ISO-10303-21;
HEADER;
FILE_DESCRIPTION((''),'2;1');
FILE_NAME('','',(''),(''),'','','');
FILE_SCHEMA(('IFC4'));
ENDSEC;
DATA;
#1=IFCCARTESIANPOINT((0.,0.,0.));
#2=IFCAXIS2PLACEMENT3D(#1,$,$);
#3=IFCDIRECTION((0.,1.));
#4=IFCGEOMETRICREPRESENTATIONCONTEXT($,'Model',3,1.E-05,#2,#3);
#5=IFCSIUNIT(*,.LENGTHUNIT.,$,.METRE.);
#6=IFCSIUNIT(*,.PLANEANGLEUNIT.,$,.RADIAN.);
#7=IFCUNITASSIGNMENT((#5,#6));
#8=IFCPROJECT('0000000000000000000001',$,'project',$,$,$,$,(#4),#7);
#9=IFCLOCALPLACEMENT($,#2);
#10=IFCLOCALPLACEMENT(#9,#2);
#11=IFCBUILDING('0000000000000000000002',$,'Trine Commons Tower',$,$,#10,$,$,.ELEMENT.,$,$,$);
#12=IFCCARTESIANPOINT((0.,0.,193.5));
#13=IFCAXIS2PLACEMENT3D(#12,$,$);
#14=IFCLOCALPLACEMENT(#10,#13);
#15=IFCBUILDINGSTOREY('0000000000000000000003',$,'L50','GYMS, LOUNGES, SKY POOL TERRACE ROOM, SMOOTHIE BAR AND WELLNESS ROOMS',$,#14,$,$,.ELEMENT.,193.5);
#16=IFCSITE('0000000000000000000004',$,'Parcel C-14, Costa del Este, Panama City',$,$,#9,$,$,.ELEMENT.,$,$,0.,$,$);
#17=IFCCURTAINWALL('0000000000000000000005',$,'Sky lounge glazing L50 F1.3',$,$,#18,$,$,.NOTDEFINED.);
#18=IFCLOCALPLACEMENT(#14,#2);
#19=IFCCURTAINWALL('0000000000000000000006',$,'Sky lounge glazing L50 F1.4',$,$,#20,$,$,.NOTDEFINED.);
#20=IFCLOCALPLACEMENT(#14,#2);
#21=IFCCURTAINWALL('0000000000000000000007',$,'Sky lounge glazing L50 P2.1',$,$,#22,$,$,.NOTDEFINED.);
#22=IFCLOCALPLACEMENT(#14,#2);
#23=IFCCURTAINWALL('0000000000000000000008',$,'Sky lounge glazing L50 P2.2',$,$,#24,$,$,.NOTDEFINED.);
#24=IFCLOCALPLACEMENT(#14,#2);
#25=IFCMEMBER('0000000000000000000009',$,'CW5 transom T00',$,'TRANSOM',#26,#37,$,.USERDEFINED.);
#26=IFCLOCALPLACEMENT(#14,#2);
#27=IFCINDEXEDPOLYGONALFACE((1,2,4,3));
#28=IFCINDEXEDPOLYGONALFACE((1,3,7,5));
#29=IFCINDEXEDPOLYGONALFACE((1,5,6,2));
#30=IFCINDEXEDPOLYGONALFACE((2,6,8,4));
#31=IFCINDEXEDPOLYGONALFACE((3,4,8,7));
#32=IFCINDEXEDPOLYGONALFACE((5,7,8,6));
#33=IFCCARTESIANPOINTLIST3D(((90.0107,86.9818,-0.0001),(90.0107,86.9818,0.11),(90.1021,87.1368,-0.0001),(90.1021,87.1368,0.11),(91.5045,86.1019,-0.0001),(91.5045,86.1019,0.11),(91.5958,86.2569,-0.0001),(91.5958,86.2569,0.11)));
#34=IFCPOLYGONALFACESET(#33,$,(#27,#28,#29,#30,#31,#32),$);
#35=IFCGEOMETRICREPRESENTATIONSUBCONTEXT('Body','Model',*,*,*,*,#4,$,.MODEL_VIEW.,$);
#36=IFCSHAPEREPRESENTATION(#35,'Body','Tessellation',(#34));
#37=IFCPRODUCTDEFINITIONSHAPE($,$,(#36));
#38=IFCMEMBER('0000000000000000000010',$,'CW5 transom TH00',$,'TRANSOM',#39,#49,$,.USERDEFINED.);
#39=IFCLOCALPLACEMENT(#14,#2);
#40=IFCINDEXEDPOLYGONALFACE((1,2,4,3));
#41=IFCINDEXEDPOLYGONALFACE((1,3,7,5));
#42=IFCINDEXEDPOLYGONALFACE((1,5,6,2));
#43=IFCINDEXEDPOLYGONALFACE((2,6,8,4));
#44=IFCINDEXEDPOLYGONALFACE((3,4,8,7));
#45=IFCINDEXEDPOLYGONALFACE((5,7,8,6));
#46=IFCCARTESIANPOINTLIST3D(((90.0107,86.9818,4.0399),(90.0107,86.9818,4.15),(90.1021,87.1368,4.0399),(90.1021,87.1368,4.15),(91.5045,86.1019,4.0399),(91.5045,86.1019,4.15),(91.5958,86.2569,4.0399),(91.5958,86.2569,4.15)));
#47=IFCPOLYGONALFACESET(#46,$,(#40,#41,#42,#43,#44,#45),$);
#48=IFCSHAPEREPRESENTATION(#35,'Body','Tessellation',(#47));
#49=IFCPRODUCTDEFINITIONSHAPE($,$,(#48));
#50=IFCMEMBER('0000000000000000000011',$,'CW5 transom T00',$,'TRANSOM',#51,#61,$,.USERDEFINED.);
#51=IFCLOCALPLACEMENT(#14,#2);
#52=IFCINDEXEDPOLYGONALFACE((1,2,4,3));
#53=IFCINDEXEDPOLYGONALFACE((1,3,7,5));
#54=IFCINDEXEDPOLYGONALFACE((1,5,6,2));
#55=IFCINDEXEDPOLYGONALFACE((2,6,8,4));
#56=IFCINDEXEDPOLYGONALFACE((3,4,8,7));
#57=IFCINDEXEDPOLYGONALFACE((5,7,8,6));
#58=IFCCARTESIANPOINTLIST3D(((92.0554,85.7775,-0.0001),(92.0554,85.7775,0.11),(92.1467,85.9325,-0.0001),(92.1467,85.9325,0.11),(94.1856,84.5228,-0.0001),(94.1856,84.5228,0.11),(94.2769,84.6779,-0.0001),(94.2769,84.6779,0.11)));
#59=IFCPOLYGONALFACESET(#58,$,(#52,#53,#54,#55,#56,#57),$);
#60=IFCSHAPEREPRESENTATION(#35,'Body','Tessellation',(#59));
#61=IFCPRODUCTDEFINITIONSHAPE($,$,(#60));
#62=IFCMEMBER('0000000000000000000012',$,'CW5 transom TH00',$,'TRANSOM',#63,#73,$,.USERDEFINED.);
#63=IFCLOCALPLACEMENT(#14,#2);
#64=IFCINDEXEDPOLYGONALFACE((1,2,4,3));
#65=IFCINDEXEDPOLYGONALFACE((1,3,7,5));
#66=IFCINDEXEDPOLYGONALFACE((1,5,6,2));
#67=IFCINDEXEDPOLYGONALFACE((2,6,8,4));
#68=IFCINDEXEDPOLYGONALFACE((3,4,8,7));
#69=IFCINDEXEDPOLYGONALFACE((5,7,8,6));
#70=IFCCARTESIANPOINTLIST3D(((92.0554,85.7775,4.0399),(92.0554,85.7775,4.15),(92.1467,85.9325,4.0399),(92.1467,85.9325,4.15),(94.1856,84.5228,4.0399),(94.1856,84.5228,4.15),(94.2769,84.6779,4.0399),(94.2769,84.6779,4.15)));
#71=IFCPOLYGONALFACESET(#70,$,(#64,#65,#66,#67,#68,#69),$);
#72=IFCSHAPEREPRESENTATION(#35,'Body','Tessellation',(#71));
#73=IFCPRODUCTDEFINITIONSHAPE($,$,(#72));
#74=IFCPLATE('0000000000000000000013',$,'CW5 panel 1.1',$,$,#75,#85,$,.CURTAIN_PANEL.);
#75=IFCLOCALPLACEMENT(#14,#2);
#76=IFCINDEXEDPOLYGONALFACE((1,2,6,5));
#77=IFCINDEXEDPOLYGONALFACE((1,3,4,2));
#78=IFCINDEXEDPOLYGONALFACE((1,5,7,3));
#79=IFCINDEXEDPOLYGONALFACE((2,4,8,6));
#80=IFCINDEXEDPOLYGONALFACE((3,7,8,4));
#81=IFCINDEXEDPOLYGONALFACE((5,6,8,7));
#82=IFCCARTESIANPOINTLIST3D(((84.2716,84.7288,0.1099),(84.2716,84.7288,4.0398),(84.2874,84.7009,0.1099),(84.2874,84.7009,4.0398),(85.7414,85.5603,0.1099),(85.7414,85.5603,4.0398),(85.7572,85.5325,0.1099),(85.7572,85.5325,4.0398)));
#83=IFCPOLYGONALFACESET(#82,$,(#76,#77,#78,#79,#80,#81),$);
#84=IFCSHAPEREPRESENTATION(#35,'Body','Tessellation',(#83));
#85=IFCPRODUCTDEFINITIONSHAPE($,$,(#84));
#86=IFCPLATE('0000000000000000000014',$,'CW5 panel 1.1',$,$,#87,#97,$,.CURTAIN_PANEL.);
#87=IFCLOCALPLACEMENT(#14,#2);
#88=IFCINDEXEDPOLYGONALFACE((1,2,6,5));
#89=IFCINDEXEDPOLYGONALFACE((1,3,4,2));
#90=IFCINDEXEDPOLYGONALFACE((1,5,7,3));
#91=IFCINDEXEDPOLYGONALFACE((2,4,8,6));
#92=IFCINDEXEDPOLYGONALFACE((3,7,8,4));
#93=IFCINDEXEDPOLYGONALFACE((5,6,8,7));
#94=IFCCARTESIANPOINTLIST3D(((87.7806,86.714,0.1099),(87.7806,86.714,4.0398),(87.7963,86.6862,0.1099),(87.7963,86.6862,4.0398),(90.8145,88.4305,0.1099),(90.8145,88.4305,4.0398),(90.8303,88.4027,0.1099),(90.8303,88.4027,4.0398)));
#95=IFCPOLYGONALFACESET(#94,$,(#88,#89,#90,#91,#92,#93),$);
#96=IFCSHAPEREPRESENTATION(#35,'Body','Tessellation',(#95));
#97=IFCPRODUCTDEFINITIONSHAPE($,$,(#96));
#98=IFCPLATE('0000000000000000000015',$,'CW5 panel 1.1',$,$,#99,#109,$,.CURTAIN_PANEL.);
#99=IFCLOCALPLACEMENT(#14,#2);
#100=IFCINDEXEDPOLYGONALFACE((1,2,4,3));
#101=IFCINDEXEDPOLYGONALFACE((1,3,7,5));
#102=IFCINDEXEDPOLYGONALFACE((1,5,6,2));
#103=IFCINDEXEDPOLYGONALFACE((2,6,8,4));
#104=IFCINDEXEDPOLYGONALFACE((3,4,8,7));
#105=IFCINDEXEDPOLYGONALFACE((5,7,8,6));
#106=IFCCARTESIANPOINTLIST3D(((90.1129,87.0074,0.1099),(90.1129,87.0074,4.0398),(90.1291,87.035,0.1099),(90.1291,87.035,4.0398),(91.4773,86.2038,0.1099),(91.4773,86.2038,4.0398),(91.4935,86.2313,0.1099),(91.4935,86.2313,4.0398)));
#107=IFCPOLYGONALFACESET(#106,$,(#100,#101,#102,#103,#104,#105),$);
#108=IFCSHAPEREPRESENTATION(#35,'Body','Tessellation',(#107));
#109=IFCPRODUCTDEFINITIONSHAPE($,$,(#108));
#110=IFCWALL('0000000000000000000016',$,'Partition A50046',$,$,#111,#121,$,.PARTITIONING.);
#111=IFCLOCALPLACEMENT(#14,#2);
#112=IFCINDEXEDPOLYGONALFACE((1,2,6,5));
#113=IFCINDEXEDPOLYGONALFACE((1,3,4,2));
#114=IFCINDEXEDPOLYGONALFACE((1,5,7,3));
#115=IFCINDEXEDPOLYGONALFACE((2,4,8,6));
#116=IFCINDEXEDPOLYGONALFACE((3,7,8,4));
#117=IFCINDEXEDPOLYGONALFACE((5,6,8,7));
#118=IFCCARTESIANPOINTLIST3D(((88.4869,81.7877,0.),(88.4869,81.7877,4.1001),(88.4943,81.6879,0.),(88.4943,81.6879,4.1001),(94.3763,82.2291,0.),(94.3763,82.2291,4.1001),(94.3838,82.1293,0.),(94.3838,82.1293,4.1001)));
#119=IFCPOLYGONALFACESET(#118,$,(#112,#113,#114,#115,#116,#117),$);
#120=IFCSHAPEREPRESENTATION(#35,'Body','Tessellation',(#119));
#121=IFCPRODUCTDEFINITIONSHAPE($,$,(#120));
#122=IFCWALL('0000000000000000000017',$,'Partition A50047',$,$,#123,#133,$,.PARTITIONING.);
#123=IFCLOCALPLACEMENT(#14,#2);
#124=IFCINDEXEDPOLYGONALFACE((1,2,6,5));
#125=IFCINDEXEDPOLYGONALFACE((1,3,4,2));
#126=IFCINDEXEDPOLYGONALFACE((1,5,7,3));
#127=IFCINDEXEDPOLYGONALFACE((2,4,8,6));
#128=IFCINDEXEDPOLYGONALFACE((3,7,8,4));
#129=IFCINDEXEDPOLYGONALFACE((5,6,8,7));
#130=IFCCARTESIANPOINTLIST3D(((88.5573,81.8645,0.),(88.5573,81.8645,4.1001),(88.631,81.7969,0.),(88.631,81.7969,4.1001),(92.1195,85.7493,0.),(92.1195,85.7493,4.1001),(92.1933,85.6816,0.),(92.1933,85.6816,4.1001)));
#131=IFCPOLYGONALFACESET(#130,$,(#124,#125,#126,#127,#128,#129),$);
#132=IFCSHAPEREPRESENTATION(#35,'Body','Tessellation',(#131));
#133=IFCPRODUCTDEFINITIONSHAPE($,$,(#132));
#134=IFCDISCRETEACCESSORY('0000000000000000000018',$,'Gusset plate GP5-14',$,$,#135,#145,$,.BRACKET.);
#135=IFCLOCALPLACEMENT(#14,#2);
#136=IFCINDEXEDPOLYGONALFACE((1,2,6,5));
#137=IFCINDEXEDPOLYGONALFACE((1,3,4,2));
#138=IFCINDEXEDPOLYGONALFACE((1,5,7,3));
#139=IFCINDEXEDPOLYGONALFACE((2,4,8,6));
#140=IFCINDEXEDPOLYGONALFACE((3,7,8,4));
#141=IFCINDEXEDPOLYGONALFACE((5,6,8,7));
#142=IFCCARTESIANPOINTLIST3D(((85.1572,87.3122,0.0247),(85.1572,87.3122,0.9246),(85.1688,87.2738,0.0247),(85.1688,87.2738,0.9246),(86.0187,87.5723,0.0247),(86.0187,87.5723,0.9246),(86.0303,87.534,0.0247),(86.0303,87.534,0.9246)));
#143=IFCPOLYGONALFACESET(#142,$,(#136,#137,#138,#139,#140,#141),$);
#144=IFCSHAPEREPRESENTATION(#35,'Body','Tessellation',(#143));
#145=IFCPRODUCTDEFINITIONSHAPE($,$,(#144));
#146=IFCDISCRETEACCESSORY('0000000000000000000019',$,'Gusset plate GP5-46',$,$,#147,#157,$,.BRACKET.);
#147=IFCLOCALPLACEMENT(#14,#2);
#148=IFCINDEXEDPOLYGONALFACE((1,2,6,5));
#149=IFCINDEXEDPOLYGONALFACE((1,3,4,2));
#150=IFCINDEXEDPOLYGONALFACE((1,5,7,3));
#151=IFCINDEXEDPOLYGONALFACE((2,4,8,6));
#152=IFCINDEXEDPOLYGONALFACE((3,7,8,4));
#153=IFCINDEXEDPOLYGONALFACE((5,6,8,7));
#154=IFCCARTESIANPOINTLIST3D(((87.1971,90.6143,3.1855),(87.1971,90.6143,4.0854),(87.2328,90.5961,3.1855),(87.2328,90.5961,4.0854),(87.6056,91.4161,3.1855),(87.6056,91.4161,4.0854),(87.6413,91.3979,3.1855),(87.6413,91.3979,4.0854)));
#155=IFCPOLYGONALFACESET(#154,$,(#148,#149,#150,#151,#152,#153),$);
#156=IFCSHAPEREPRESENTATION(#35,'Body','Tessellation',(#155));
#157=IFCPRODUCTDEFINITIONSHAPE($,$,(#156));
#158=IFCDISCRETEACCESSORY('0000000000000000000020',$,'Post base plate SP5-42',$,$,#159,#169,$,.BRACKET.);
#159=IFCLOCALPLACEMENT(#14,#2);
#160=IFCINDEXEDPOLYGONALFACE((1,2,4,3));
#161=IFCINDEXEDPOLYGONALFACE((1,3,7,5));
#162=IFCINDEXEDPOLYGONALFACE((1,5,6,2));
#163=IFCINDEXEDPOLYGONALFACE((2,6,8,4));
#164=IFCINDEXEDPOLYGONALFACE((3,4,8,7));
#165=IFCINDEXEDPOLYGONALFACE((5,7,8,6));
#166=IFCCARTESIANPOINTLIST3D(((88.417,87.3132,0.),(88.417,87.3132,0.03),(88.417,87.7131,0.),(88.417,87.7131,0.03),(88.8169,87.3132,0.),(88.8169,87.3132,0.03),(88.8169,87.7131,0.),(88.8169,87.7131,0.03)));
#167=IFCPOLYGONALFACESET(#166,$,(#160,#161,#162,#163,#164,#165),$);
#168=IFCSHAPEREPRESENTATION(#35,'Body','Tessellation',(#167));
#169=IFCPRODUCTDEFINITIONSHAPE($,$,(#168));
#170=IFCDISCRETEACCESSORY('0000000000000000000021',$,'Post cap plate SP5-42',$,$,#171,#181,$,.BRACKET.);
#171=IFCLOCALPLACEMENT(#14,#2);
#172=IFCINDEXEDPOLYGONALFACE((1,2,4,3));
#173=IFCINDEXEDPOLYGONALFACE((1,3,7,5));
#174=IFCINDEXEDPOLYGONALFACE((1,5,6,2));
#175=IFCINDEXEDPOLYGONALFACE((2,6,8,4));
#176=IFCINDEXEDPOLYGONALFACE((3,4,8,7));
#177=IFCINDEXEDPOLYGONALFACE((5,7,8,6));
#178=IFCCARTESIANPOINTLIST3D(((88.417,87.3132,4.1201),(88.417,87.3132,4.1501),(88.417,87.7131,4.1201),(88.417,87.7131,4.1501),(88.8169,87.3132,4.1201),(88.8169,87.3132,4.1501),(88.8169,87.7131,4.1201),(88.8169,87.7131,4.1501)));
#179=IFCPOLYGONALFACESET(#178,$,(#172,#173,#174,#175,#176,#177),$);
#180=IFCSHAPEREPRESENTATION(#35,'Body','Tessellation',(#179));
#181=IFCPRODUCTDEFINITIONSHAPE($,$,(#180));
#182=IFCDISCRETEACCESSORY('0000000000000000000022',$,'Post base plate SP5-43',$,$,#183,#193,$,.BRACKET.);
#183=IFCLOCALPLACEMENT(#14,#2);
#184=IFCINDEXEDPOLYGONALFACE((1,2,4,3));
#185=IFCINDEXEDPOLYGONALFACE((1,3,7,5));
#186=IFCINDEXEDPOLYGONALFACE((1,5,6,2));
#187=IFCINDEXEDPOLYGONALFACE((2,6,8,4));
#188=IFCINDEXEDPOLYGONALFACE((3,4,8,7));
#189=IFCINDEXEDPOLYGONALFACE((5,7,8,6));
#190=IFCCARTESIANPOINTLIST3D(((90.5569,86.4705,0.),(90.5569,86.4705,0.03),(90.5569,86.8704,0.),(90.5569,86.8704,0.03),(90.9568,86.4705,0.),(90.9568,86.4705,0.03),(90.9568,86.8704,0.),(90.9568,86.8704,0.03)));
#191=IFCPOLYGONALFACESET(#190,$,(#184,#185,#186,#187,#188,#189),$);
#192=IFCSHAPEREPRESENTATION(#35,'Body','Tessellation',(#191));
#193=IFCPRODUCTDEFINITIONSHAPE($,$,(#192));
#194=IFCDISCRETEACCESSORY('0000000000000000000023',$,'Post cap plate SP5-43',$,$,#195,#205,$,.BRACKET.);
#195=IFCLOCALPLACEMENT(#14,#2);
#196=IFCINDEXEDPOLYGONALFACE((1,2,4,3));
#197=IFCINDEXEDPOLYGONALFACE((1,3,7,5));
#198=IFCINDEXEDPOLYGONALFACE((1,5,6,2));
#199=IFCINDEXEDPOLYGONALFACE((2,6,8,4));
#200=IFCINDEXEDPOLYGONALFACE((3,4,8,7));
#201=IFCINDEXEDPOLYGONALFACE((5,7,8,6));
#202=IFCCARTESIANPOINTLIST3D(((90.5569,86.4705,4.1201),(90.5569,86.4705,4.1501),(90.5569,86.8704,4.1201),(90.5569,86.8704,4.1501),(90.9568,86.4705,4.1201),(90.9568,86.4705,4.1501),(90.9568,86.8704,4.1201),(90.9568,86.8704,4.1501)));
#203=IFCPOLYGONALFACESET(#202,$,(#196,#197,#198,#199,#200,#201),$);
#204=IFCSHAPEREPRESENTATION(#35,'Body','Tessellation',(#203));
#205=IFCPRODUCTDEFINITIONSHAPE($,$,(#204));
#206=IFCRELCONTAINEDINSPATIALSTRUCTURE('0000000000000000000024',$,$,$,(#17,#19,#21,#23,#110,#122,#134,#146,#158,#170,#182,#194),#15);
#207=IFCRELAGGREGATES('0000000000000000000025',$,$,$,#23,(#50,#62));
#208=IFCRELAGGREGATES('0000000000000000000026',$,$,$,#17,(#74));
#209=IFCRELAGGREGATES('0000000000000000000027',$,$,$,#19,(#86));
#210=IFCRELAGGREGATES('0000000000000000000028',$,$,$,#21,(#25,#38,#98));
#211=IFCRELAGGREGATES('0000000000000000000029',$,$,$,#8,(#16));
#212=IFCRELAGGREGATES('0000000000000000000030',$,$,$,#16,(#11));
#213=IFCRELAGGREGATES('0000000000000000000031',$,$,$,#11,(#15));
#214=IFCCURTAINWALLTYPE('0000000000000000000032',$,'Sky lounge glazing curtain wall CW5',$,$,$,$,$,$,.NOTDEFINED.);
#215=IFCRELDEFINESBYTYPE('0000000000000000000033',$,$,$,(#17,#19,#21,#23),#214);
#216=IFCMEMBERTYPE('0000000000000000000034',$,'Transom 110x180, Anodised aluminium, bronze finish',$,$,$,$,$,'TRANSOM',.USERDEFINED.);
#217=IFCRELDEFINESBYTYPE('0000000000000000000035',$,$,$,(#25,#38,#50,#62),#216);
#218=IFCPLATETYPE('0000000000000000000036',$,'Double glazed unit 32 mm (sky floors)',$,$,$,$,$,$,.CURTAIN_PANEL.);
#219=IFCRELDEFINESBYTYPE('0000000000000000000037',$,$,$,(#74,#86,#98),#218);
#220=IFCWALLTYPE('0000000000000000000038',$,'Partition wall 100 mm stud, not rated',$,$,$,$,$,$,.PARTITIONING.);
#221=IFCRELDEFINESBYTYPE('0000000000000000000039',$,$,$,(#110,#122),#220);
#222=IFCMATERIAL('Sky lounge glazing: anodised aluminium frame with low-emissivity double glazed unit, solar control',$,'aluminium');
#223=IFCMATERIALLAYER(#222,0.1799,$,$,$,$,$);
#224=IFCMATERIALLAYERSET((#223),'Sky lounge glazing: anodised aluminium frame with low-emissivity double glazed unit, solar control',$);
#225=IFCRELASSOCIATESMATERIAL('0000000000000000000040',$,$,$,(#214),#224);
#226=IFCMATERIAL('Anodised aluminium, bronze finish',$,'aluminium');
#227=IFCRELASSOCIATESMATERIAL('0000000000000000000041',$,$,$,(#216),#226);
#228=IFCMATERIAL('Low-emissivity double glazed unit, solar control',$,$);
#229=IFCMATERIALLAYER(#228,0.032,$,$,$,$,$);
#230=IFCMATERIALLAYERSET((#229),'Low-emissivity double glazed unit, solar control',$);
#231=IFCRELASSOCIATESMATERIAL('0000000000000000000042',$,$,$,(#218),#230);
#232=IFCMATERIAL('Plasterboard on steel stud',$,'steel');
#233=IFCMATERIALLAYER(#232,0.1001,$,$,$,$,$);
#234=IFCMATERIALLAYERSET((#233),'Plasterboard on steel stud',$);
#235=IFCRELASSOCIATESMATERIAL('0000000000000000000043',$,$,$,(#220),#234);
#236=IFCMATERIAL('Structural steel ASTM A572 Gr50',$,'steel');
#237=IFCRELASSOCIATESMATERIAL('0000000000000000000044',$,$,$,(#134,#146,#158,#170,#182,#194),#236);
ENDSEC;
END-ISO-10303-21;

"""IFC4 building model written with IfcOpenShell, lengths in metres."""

from ifc_helpers import new_model, si_unit, direction, frame, frame_2d, origin, origin_2d, place, context, subcontext, project, spatial, rectangle, extrude, material, layer, layer_set, material_profile, profile_set, type_object, element, aggregate, save


model = new_model("IFC4")

# Units and contexts
model_context = context("Model", 3, precision=1e-05, world=origin(), true_north=direction((0.0, 1.0)))
body_context = subcontext(model_context, "Body", "Model", "MODEL_VIEW")
ifc_project = project(units=[si_unit("LENGTHUNIT", "METRE"), si_unit("PLANEANGLEUNIT", "RADIAN")], contexts=[model_context])

# Site, building, storey
site_placement = place(None, origin())
site = spatial("IfcSite", under=ifc_project, at=site_placement, Name="Parcel C-14, Costa del Este, Panama City", CompositionType="ELEMENT", RefElevation=0.0)
building_placement = place(site_placement, origin())
building = spatial("IfcBuilding", under=site, at=building_placement, Name="Trine Commons Tower", CompositionType="ELEMENT")
storey_placement = place(building_placement, frame((0.0, 0.0, 193.5)))
storey = spatial("IfcBuildingStorey", under=building, at=storey_placement, Name="L50", Description="GYMS, LOUNGES, SKY POOL TERRACE ROOM, SMOOTHIE BAR AND WELLNESS ROOMS", CompositionType="ELEMENT", Elevation=193.5)

# Curtain walls
ifc_material_1 = material(Name="Sky lounge glazing: anodised aluminium frame with low-emissivity double glazed unit, solar control", Category="aluminium")
ifc_layer_1 = layer(ifc_material_1, 0.1799)
ifc_layer_set_1 = layer_set([ifc_layer_1], Name="Sky lounge glazing: anodised aluminium frame with low-emissivity double glazed unit, solar control")
curtain_wall_type = type_object("IfcCurtainWallType", Name="Sky lounge glazing curtain wall CW5", PredefinedType="NOTDEFINED", material=ifc_layer_set_1)
curtain_wall_1_placement = place(storey_placement, origin())
curtain_wall_1 = element("IfcCurtainWall", 1, at=curtain_wall_1_placement, inside=storey, type_object=curtain_wall_type, Name="Sky lounge glazing L50 F1.3", PredefinedType="NOTDEFINED")
ifc_material_2 = material(Name="Anodised aluminium, bronze finish", Category="aluminium")
curtain_wall_2_placement = place(storey_placement, origin())
curtain_wall_2 = element("IfcCurtainWall", 2, at=curtain_wall_2_placement, inside=storey, type_object=curtain_wall_type, Name="Sky lounge glazing L50 F1.4", PredefinedType="NOTDEFINED")
curtain_wall_3_placement = place(storey_placement, origin())
curtain_wall_3 = element("IfcCurtainWall", 3, at=curtain_wall_3_placement, inside=storey, type_object=curtain_wall_type, Name="Sky lounge glazing L50 P2.1", PredefinedType="NOTDEFINED")

# Curtain wall
curtain_wall_4_placement = place(storey_placement, origin())
curtain_wall_4 = element("IfcCurtainWall", 4, at=curtain_wall_4_placement, inside=storey, type_object=curtain_wall_type, Name="Sky lounge glazing L50 P2.2", PredefinedType="NOTDEFINED")

# Members
ifc_material_profile_1 = material_profile(ifc_material_2, rectangle(XDim=0.1799, YDim=0.1101, at=origin_2d()), Name="Transom 110x180")
ifc_profile_set_1 = profile_set([ifc_material_profile_1], Name="Anodised aluminium, bronze finish")
member_type_1 = type_object("IfcMemberType", Name="Transom 110x180, Anodised aluminium, bronze finish", ElementType="TRANSOM", PredefinedType="USERDEFINED", material=ifc_profile_set_1)
member_1_placement = place(storey_placement, frame((90.0564, 87.0593, 0.0549), z_axis=(0.861615, -0.507562, 0.0), x_axis=(0.507562, 0.861615, 0.0)))
member_1 = element("IfcMember", 5, at=member_1_placement, type_object=member_type_1, Name="CW5 transom T00", ObjectType="TRANSOM", PredefinedType="USERDEFINED", context=body_context, shape_type="SweptSolid", body=[
    extrude(rectangle(XDim=0.1799, YDim=0.1101, at=origin_2d()), origin(), (0.0, 0.0, 1.0), 1.7336),
])
member_2_placement = place(storey_placement, frame((90.0564, 87.0593, 4.095), z_axis=(0.861615, -0.507562, 0.0), x_axis=(0.507562, 0.861615, 0.0)))
member_2 = element("IfcMember", 6, at=member_2_placement, type_object=member_type_1, Name="CW5 transom TH00", ObjectType="TRANSOM", PredefinedType="USERDEFINED", context=body_context, shape_type="SweptSolid", body=[
    extrude(rectangle(XDim=0.1799, YDim=0.1101, at=origin_2d()), origin(), (0.0, 0.0, 1.0), 1.7336),
])
member_3_placement = place(storey_placement, frame((92.1011, 85.855, 0.0549), z_axis=(0.861647, -0.507508, 0.0), x_axis=(0.507508, 0.861647, 0.0)))
member_3 = element("IfcMember", 7, at=member_3_placement, type_object=member_type_1, Name="CW5 transom T00", ObjectType="TRANSOM", PredefinedType="USERDEFINED", context=body_context, shape_type="SweptSolid", body=[
    extrude(rectangle(XDim=0.1799, YDim=0.1101, at=origin_2d()), origin(), (0.0, 0.0, 1.0), 2.4722),
])
member_4_placement = place(storey_placement, frame((92.1011, 85.855, 4.095), z_axis=(0.861647, -0.507508, 0.0), x_axis=(0.507508, 0.861647, 0.0)))
member_4 = element("IfcMember", 8, at=member_4_placement, type_object=member_type_1, Name="CW5 transom TH00", ObjectType="TRANSOM", PredefinedType="USERDEFINED", context=body_context, shape_type="SweptSolid", body=[
    extrude(rectangle(XDim=0.1799, YDim=0.1101, at=origin_2d()), origin(), (0.0, 0.0, 1.0), 2.4722),
])
aggregate(curtain_wall_4, [member_3, member_4])

# Plates
ifc_material_3 = material(Name="Low-emissivity double glazed unit, solar control")
ifc_layer_2 = layer(ifc_material_3, 0.032)
ifc_layer_set_2 = layer_set([ifc_layer_2], Name="Low-emissivity double glazed unit, solar control")
plate_type = type_object("IfcPlateType", Name="Double glazed unit 32 mm (sky floors)", PredefinedType="CURTAIN_PANEL", material=ifc_layer_set_2)
plate_1_placement = place(storey_placement, frame((85.0144, 85.1306, 0.1099), z_axis=(0.0, 0.0, 1.0), x_axis=(0.870356, 0.492424, 0.0)))
plate_1 = element("IfcPlate", 9, at=plate_1_placement, type_object=plate_type, Name="CW5 panel 1.1", PredefinedType="CURTAIN_PANEL", context=body_context, shape_type="SweptSolid", body=[
    extrude(rectangle(XDim=1.6887, YDim=0.032, at=origin_2d()), origin(), (0.0, 0.0, 1.0), 3.9299),
])
aggregate(curtain_wall_1, [plate_1])
plate_2_placement = place(storey_placement, frame((89.3054, 87.5583, 0.1099), z_axis=(0.0, 0.0, 1.0), x_axis=(0.870356, 0.492424, 0.0)))
plate_2 = element("IfcPlate", 10, at=plate_2_placement, type_object=plate_type, Name="CW5 panel 1.1", PredefinedType="CURTAIN_PANEL", context=body_context, shape_type="SweptSolid", body=[
    extrude(rectangle(XDim=3.4858, YDim=0.032, at=origin_2d()), origin(), (0.0, 0.0, 1.0), 3.9299),
])
aggregate(curtain_wall_2, [plate_2])
plate_3_placement = place(storey_placement, frame((90.8032, 86.6194, 0.1099), z_axis=(0.0, 0.0, 1.0), x_axis=(0.861629, -0.507538, 0.0)))
plate_3 = element("IfcPlate", 11, at=plate_3_placement, type_object=plate_type, Name="CW5 panel 1.1", PredefinedType="CURTAIN_PANEL", context=body_context, shape_type="SweptSolid", body=[
    extrude(rectangle(XDim=1.5835, YDim=0.032, at=origin_2d()), origin(), (0.0, 0.0, 1.0), 3.9299),
])
aggregate(curtain_wall_3, [member_1, member_2, plate_3])

# Walls
ifc_material_4 = material(Name="Plasterboard on steel stud", Category="steel")
ifc_layer_3 = layer(ifc_material_4, 0.1001)
ifc_layer_set_3 = layer_set([ifc_layer_3], Name="Plasterboard on steel stud")
wall_type_1 = type_object("IfcWallType", Name="Partition wall 100 mm stud, not rated", PredefinedType="PARTITIONING", material=ifc_layer_set_3)
wall_1_placement = place(storey_placement, frame((88.4905, 81.7378, 0.0), z_axis=(0.0, 0.0, 1.0), x_axis=(0.997203, 0.07474, 0.0)))
element("IfcWall", 12, at=wall_1_placement, inside=storey, type_object=wall_type_1, Name="Partition A50046", PredefinedType="PARTITIONING", context=body_context, shape_type="SweptSolid", body=[
    extrude(rectangle(XDim=5.906, YDim=0.1001, at=frame_2d((2.9531, 0.0))), origin(), (0.0, 0.0, 1.0), 4.1001),
])
wall_2_placement = place(storey_placement, frame((88.5942, 81.8308, 0.0), z_axis=(0.0, 0.0, 1.0), x_axis=(0.67585, 0.737039, 0.0)))
element("IfcWall", 13, at=wall_2_placement, inside=storey, type_object=wall_type_1, Name="Partition A50047", PredefinedType="PARTITIONING", context=body_context, shape_type="SweptSolid", body=[
    extrude(rectangle(XDim=5.2708, YDim=0.1001, at=frame_2d((2.6353, 0.0))), origin(), (0.0, 0.0, 1.0), 4.1001),
])

# Discrete accessories
ifc_material_5 = material(Name="Structural steel ASTM A572 Gr50", Category="steel")
for number, where, z_axis, x_axis, name in (
    (14, (85.5938, 87.4231, 0.0247), (0.0, 0.0, 1.0), (-0.957294, -0.289115, 0.0), "Gusset plate GP5-14"),
    (15, (87.4192, 91.0061, 3.1855), (0.0, 0.0, 1.0), (0.45399, 0.891007, 0.0), "Gusset plate GP5-46"),
):
    element("IfcDiscreteAccessory", number, at=place(storey_placement, frame(where, z_axis=z_axis, x_axis=x_axis)), inside=storey, material=ifc_material_5, Name=name, PredefinedType="BRACKET", context=body_context, shape_type="SweptSolid", body=[
        extrude(rectangle(XDim=0.8999, YDim=0.04, at=origin_2d()), origin(), (0.0, 0.0, 1.0), 0.8999),
    ])
for number, where, z_axis, x_axis, name in (
    (16, (88.6169, 87.5132, 0.0), (0.0, 0.0, 1.0), (1.0, 0.0, 0.0), "Post base plate SP5-42"),
    (17, (88.6169, 87.5132, 4.1201), (0.0, 0.0, 1.0), (1.0, 0.0, 0.0), "Post cap plate SP5-42"),
    (18, (90.7568, 86.6704, 0.0), (0.0, 0.0, 1.0), (1.0, 0.0, 0.0), "Post base plate SP5-43"),
    (19, (90.7568, 86.6704, 4.1201), (0.0, 0.0, 1.0), (1.0, 0.0, 0.0), "Post cap plate SP5-43"),
):
    element("IfcDiscreteAccessory", number, at=place(storey_placement, frame(where, z_axis=z_axis, x_axis=x_axis)), inside=storey, material=ifc_material_5, Name=name, PredefinedType="BRACKET", context=body_context, shape_type="SweptSolid", body=[
        extrude(rectangle(XDim=0.3999, YDim=0.3999, at=origin_2d()), origin(), (0.0, 0.0, 1.0), 0.03),
    ])

save(model, "model.ifc")
